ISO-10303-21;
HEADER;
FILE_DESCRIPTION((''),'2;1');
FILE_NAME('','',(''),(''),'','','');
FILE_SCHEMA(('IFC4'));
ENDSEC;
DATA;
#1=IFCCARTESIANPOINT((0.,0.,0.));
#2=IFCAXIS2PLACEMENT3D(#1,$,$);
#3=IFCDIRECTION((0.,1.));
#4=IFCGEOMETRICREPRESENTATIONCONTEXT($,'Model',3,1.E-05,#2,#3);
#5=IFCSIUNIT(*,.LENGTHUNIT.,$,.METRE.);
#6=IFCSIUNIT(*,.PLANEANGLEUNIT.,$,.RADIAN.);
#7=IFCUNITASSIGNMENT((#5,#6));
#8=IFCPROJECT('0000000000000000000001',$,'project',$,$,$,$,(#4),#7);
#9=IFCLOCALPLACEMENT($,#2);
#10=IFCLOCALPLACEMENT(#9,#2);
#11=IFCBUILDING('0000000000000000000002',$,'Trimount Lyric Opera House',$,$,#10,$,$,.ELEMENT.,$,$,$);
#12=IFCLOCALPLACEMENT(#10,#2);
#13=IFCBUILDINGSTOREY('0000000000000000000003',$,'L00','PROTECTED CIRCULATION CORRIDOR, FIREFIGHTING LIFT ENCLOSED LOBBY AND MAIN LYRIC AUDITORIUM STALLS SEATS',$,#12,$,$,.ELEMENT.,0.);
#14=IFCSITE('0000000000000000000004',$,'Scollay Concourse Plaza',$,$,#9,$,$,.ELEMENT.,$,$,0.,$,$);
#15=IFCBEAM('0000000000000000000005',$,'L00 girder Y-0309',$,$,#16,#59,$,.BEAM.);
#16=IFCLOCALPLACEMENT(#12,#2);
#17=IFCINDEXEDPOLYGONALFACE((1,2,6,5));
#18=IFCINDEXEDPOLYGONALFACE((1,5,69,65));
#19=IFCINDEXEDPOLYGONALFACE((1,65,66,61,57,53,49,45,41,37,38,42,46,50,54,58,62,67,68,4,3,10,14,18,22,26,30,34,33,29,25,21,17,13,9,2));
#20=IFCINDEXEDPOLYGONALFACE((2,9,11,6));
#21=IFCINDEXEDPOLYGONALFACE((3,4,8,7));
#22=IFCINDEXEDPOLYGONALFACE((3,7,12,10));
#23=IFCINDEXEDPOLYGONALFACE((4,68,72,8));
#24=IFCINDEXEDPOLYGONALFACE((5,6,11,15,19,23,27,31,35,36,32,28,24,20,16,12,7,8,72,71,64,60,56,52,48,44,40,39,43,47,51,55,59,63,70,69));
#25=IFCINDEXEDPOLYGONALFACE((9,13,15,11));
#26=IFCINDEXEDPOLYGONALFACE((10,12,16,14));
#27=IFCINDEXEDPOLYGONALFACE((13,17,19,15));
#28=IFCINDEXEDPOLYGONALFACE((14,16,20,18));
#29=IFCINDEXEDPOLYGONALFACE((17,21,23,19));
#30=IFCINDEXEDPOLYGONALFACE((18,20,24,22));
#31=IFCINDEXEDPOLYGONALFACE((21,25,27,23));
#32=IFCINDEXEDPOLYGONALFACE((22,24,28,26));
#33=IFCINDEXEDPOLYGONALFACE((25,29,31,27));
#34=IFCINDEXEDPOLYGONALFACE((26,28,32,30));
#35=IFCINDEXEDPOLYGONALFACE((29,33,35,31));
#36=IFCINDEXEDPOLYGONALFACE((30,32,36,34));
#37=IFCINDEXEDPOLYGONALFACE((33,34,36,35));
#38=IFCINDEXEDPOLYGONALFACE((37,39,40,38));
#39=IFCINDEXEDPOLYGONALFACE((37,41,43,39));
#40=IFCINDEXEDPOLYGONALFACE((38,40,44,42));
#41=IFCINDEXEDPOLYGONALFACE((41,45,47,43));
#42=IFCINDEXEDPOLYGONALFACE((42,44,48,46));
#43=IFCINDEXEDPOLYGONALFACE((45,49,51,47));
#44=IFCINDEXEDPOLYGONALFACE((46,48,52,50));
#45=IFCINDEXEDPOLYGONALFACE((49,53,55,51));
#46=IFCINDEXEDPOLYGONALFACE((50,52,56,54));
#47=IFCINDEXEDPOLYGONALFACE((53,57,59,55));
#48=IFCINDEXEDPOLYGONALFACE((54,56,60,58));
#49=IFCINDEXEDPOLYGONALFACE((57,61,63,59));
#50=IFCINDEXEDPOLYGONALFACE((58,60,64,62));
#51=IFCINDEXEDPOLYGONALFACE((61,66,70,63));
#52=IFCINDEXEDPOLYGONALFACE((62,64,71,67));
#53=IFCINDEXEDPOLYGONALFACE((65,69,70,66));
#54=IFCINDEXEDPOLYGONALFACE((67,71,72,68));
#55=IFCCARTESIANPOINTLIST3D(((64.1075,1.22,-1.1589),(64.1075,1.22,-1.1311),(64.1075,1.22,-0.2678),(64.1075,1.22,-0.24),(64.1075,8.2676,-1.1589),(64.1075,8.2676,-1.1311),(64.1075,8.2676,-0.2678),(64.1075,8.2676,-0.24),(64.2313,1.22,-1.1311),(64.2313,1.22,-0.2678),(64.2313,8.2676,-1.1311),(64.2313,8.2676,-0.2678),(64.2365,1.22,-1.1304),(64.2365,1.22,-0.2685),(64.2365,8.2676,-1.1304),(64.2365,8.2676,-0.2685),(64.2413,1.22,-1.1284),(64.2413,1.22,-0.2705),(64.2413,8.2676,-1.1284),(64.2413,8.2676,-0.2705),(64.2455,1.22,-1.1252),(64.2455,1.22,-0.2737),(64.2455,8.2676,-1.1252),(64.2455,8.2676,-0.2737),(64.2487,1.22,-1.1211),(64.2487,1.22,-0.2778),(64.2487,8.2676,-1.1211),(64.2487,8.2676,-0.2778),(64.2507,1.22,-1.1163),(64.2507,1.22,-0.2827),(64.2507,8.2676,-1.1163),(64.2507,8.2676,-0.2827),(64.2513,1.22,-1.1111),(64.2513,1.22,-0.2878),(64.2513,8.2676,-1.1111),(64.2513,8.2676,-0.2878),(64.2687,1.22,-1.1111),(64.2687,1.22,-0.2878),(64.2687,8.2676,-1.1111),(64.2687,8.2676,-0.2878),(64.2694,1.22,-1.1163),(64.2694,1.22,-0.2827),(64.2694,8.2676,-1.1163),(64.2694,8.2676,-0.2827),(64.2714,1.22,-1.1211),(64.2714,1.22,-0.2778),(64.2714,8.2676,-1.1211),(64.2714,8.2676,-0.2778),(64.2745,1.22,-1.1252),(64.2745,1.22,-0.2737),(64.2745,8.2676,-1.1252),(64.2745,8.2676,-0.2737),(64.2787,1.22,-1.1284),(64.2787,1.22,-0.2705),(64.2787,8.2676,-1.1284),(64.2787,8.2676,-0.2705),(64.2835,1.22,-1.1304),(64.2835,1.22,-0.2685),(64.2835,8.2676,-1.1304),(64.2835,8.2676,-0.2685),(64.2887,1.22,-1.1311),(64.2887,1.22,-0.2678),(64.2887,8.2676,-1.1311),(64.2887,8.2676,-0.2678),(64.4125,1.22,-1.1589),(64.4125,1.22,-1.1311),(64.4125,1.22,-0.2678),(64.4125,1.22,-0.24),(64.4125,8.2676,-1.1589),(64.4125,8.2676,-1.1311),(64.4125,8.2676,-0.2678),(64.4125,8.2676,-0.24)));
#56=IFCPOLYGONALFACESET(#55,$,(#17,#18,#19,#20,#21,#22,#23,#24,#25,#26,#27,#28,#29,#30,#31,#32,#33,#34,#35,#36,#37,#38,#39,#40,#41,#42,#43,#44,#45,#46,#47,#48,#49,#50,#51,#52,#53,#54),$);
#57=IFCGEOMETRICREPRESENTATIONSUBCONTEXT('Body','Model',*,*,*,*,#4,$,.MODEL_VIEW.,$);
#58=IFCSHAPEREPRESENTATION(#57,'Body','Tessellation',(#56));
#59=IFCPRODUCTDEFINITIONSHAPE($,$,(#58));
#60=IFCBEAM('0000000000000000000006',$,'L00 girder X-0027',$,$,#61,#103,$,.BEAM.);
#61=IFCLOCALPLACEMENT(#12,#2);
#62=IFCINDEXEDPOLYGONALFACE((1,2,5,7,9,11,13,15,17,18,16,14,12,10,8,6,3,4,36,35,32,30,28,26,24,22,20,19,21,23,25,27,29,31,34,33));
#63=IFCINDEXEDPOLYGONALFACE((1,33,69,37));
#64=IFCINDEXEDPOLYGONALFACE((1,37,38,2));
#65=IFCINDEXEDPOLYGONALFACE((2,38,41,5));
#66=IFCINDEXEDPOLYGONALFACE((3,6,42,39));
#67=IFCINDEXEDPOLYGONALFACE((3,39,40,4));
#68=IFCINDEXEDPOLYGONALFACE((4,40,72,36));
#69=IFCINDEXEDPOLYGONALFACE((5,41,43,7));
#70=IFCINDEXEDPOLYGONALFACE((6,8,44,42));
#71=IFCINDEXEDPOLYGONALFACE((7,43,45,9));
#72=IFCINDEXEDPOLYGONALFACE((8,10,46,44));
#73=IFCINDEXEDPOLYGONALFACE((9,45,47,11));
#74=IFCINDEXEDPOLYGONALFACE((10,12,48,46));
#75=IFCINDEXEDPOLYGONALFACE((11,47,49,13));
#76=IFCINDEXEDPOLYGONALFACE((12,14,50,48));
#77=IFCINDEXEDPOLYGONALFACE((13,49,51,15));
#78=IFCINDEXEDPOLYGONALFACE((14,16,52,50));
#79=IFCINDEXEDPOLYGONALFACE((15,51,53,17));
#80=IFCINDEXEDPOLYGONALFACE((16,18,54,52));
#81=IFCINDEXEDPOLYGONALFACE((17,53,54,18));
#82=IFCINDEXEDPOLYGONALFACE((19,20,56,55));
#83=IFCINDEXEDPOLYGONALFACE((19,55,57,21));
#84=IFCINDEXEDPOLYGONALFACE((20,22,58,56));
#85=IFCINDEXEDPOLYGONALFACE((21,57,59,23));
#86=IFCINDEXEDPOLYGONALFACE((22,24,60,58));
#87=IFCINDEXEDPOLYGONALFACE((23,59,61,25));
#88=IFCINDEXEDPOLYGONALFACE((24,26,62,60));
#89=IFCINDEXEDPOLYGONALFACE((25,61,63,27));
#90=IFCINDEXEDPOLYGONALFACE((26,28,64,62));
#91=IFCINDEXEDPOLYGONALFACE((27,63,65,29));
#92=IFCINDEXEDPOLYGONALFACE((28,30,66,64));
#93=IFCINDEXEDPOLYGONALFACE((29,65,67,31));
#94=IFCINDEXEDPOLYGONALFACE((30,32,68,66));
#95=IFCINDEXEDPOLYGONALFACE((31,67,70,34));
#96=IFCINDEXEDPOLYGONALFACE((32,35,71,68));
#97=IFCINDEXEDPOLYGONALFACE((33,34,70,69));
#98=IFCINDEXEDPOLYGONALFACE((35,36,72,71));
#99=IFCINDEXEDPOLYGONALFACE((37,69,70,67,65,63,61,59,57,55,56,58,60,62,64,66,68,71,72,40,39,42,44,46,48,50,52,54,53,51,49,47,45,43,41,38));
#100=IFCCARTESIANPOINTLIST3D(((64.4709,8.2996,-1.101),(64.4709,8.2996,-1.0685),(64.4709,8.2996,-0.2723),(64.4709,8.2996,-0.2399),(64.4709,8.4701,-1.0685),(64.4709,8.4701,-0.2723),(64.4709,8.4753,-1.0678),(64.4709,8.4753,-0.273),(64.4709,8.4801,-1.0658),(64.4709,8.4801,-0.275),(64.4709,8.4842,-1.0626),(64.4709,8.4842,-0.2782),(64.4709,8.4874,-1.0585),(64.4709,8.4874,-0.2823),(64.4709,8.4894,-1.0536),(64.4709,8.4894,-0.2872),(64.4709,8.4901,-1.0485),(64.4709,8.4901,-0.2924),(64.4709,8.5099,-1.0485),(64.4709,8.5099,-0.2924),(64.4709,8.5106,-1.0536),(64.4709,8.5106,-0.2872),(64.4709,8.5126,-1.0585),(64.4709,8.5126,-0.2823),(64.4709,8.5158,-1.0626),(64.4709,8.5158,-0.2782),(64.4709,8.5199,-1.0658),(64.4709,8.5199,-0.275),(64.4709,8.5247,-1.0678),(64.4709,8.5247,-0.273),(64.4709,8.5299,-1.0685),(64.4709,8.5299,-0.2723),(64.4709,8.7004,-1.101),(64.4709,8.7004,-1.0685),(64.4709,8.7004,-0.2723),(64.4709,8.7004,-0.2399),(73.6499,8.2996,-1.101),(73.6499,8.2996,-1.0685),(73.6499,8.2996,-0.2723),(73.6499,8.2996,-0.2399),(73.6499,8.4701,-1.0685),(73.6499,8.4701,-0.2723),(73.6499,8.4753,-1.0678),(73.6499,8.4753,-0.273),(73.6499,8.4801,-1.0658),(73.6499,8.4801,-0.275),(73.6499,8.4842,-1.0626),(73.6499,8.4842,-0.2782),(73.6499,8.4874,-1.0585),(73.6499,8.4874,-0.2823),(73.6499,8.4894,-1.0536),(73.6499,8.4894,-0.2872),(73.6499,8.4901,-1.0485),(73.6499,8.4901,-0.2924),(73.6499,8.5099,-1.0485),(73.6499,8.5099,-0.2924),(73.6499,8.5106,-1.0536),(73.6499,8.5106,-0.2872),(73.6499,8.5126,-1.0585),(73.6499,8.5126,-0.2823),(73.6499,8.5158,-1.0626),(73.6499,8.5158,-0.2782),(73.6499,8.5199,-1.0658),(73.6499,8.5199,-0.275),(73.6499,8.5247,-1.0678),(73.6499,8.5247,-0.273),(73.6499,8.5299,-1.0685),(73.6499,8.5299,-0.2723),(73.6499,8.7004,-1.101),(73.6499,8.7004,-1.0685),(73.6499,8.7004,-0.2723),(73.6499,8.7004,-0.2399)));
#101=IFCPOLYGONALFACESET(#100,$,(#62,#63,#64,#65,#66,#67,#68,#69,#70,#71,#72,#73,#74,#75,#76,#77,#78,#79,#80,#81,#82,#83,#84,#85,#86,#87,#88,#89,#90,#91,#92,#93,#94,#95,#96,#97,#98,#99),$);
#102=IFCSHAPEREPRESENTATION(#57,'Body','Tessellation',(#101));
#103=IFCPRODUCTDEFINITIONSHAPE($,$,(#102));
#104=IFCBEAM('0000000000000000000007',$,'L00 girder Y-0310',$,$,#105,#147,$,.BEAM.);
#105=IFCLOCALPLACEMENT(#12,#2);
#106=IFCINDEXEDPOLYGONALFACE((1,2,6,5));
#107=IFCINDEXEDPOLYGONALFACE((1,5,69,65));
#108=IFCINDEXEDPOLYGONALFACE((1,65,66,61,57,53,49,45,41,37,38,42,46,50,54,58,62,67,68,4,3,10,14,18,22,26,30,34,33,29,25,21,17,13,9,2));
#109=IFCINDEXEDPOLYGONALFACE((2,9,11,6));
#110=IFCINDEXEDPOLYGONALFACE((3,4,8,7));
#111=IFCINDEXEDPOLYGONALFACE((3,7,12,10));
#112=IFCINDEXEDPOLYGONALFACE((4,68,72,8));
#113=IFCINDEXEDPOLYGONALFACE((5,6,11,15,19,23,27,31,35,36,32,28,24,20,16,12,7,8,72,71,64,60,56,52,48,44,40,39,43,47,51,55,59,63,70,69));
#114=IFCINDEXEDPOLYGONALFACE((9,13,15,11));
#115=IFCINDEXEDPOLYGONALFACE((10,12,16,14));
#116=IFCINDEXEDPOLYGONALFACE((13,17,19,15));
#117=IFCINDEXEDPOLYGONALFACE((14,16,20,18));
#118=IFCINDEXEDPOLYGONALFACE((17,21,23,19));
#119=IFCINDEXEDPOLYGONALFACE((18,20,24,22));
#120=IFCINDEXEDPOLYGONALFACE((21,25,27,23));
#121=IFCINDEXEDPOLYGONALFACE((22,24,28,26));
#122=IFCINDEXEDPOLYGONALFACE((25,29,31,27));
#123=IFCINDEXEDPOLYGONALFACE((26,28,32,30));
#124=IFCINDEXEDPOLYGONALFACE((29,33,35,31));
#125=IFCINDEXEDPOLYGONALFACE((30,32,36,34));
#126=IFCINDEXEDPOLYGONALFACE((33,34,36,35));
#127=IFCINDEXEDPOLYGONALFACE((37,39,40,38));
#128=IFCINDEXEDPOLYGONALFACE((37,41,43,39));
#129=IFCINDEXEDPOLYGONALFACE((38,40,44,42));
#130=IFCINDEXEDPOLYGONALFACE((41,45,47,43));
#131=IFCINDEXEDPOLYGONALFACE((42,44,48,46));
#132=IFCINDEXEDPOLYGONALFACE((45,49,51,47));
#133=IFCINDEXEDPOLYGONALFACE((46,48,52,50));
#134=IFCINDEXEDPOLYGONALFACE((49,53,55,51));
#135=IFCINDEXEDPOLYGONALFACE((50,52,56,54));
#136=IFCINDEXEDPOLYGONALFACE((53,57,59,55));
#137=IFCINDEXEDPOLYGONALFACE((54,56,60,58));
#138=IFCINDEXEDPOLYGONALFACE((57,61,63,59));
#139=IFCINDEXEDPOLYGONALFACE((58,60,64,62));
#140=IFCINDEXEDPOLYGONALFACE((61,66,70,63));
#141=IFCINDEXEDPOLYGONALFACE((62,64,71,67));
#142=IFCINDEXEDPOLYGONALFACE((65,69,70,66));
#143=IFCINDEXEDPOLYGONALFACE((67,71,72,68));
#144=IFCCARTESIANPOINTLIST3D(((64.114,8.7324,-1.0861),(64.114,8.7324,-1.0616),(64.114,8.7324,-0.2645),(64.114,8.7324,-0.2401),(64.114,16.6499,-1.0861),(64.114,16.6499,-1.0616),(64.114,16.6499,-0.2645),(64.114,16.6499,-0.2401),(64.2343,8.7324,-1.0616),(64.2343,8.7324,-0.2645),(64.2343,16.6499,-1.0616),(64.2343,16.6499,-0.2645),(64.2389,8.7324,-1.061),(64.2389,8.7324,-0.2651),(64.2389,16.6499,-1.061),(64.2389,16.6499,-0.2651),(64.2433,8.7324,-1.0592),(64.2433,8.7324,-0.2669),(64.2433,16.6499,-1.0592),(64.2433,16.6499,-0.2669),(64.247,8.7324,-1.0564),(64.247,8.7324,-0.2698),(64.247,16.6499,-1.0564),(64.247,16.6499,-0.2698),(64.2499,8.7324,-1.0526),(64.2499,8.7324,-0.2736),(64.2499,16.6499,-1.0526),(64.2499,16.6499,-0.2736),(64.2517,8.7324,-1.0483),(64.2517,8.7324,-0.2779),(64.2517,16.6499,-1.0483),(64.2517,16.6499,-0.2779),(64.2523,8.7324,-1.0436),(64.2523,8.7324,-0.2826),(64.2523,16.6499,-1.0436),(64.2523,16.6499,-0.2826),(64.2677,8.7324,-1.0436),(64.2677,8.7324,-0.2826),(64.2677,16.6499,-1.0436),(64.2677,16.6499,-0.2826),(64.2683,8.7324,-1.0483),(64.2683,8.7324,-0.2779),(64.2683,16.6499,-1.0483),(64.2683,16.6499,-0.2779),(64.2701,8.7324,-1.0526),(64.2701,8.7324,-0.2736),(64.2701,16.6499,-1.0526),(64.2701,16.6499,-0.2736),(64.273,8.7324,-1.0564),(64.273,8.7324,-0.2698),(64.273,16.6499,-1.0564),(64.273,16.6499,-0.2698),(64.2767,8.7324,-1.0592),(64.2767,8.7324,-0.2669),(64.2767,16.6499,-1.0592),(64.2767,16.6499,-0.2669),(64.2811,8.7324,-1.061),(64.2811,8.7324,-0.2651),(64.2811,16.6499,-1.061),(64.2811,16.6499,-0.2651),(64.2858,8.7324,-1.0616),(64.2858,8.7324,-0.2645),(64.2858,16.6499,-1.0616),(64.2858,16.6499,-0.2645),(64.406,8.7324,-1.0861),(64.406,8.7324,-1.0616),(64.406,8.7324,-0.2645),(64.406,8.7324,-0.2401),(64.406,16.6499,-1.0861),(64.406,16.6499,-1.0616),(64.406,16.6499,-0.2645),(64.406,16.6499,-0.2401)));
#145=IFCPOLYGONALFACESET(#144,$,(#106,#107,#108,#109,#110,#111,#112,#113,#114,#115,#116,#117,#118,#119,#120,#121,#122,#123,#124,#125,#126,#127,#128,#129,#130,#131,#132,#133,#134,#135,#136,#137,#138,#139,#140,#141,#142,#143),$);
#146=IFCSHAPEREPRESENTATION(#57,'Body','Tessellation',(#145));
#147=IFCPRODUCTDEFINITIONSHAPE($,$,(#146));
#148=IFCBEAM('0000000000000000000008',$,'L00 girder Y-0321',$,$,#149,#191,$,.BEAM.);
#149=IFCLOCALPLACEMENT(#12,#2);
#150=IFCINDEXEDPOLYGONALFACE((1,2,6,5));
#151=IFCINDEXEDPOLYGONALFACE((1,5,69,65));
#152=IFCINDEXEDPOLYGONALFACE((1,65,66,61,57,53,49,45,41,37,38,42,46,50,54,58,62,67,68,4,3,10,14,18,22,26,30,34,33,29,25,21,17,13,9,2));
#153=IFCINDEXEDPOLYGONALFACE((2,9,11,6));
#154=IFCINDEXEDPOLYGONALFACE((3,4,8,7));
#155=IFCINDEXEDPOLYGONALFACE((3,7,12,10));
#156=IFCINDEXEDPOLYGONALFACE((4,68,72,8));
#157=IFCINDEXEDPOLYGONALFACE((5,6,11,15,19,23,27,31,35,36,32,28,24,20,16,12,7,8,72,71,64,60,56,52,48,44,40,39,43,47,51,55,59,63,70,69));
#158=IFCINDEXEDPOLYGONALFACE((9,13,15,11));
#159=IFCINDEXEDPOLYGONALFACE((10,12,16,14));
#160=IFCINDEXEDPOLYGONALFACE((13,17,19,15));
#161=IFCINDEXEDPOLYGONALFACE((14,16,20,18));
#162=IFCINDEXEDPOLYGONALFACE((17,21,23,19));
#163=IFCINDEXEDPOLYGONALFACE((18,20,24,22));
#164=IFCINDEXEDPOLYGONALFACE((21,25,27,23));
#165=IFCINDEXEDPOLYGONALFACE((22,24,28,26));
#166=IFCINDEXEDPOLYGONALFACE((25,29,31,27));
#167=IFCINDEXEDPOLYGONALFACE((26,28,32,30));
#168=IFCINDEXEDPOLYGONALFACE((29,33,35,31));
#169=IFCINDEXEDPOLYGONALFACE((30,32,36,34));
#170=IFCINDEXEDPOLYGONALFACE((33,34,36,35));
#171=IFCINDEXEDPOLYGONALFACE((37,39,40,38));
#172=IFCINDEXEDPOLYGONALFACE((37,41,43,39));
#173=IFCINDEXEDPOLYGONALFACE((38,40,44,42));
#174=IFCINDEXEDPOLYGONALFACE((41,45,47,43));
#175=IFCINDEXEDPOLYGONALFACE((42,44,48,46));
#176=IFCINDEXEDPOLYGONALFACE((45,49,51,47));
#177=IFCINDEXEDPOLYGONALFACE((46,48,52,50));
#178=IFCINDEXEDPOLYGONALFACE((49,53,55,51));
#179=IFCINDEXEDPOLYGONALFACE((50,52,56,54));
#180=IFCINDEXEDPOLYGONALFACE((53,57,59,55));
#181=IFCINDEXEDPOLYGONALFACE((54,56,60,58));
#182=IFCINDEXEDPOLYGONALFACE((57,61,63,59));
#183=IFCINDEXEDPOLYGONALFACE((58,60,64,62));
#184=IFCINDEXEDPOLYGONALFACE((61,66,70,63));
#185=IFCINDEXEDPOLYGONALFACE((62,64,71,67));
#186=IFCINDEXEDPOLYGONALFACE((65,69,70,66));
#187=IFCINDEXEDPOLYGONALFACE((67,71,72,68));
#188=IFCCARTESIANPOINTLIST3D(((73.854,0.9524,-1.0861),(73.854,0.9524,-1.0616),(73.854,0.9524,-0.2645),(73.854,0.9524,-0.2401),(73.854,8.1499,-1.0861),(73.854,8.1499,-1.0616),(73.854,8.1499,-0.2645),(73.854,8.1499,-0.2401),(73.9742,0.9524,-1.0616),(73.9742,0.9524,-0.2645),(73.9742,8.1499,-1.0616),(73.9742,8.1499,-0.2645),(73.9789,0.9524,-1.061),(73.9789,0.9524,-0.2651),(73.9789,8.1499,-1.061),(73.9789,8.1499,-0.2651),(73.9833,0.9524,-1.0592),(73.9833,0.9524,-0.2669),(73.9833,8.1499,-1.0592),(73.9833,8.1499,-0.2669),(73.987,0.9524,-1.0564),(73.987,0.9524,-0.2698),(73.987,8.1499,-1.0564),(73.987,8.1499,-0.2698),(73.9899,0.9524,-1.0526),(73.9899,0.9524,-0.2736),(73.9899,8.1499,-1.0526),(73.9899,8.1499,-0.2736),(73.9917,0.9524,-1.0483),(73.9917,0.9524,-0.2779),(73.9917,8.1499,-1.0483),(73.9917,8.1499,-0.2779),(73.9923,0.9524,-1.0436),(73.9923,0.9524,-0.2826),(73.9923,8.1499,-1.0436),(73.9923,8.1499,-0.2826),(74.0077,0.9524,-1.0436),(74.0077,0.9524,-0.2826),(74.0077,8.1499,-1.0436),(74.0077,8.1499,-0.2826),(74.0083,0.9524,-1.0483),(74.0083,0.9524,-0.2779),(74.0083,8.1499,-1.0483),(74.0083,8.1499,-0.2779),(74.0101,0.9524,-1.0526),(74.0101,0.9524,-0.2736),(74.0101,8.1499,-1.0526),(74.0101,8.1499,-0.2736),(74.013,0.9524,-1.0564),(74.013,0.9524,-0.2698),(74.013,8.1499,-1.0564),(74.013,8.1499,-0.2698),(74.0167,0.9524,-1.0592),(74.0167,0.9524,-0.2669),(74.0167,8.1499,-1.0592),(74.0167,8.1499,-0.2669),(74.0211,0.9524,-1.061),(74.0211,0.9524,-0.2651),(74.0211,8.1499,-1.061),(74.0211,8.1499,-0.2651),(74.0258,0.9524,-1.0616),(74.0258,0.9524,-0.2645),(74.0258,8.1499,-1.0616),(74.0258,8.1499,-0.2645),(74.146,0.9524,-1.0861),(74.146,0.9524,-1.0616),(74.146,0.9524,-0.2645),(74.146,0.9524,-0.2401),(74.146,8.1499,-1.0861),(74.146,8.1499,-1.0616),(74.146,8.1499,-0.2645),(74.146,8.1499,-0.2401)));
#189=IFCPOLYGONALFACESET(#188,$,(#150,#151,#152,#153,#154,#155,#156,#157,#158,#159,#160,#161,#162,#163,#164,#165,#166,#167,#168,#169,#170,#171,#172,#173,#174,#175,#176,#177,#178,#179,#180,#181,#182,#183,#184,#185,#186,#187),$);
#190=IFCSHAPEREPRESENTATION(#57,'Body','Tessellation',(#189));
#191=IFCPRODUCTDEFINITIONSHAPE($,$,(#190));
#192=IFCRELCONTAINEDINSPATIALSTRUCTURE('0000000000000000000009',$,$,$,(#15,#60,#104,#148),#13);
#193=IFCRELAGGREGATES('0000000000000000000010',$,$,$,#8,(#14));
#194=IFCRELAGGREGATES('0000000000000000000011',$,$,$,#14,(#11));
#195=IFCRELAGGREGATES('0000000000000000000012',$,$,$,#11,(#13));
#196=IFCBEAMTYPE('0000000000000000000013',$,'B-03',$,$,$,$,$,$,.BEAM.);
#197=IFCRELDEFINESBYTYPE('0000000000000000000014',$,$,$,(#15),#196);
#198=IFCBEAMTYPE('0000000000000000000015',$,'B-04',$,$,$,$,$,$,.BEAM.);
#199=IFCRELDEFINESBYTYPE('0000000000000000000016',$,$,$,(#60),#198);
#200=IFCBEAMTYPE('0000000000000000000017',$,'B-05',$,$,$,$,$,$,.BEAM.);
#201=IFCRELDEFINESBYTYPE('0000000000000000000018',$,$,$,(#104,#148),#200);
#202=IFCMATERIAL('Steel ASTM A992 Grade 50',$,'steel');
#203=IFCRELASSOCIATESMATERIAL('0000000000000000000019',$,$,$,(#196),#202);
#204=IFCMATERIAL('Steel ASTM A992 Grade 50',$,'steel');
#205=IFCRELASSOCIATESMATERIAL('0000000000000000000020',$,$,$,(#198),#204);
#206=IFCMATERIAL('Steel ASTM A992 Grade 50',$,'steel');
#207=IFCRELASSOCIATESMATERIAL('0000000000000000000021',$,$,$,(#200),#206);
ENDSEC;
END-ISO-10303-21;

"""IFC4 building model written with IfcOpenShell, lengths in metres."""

from ifc_helpers import new_model, si_unit, direction, frame, origin, origin_2d, place, context, subcontext, project, spatial, i_section, extrude, material, material_profile, profile_set, type_object, element, save


model = new_model("IFC4")

# Units and contexts
model_context = context("Model", 3, precision=1e-05, world=origin(), true_north=direction((0.0, 1.0)))
body_context = subcontext(model_context, "Body", "Model", "MODEL_VIEW")
ifc_project = project(units=[si_unit("LENGTHUNIT", "METRE"), si_unit("PLANEANGLEUNIT", "RADIAN")], contexts=[model_context])

# Site, building, storey
site_placement = place(None, origin())
site = spatial("IfcSite", under=ifc_project, at=site_placement, Name="Scollay Concourse Plaza", CompositionType="ELEMENT", RefElevation=0.0)
building_placement = place(site_placement, origin())
building = spatial("IfcBuilding", under=site, at=building_placement, Name="Trimount Lyric Opera House", CompositionType="ELEMENT")
storey_placement = place(building_placement, origin())
storey = spatial("IfcBuildingStorey", under=building, at=storey_placement, Name="L00", Description="PROTECTED CIRCULATION CORRIDOR, FIREFIGHTING LIFT ENCLOSED LOBBY AND MAIN LYRIC AUDITORIUM STALLS SEATS", CompositionType="ELEMENT", Elevation=0.0)

# Beams
ifc_material_1 = material(Name="Steel ASTM A992 Grade 50", Category="steel")
ifc_material_profile_1 = material_profile(ifc_material_1, i_section(OverallWidth=0.3049, OverallDepth=0.9189, WebThickness=0.0173, FlangeThickness=0.0278, FilletRadius=0.02, at=origin_2d()), Name="W36X170")
ifc_profile_set_1 = profile_set([ifc_material_profile_1], Name="Steel ASTM A992 Grade 50")
beam_type_1 = type_object("IfcBeamType", Name="B-03", PredefinedType="BEAM", material=ifc_profile_set_1)
beam_1_placement = place(storey_placement, frame((64.26, 1.22, -0.6995), z_axis=(0.0, 1.0, 0.0), x_axis=(-1.0, 0.0, 0.0)))
element("IfcBeam", 1, at=beam_1_placement, inside=storey, type_object=beam_type_1, Name="L00 girder Y-0309", PredefinedType="BEAM", context=body_context, shape_type="SweptSolid", body=[
    extrude(i_section(OverallWidth=0.3049, OverallDepth=0.9189, WebThickness=0.0173, FlangeThickness=0.0278, FilletRadius=0.02, at=origin_2d()), origin(), (0.0, 0.0, 1.0), 7.0476),
])
ifc_material_2 = material(Name="Steel ASTM A992 Grade 50", Category="steel")
ifc_material_profile_2 = material_profile(ifc_material_2, i_section(OverallWidth=0.4009, OverallDepth=0.8611, WebThickness=0.0198, FlangeThickness=0.0325, FilletRadius=0.02, at=origin_2d()), Name="W33X221")
ifc_profile_set_2 = profile_set([ifc_material_profile_2], Name="Steel ASTM A992 Grade 50")
beam_type_2 = type_object("IfcBeamType", Name="B-04", PredefinedType="BEAM", material=ifc_profile_set_2)
beam_2_placement = place(storey_placement, frame((64.4709, 8.5, -0.6704), z_axis=(1.0, 0.0, 0.0), x_axis=(0.0, 1.0, 0.0)))
element("IfcBeam", 2, at=beam_2_placement, inside=storey, type_object=beam_type_2, Name="L00 girder X-0027", PredefinedType="BEAM", context=body_context, shape_type="SweptSolid", body=[
    extrude(i_section(OverallWidth=0.4009, OverallDepth=0.8611, WebThickness=0.0198, FlangeThickness=0.0325, FilletRadius=0.02, at=origin_2d()), origin(), (0.0, 0.0, 1.0), 9.179),
])
ifc_material_3 = material(Name="Steel ASTM A992 Grade 50", Category="steel")
ifc_material_profile_3 = material_profile(ifc_material_3, i_section(OverallWidth=0.292, OverallDepth=0.8459, WebThickness=0.0154, FlangeThickness=0.0244, FilletRadius=0.0181, at=origin_2d()), Name="W33X141")
ifc_profile_set_3 = profile_set([ifc_material_profile_3], Name="Steel ASTM A992 Grade 50")
beam_type_3 = type_object("IfcBeamType", Name="B-05", PredefinedType="BEAM", material=ifc_profile_set_3)
beam_3_placement = place(storey_placement, frame((64.26, 8.7324, -0.6631), z_axis=(0.0, 1.0, 0.0), x_axis=(-1.0, 0.0, 0.0)))
element("IfcBeam", 3, at=beam_3_placement, inside=storey, type_object=beam_type_3, Name="L00 girder Y-0310", PredefinedType="BEAM", context=body_context, shape_type="SweptSolid", body=[
    extrude(i_section(OverallWidth=0.292, OverallDepth=0.8459, WebThickness=0.0154, FlangeThickness=0.0244, FilletRadius=0.0181, at=origin_2d()), origin(), (0.0, 0.0, 1.0), 7.9175),
])
beam_4_placement = place(storey_placement, frame((74.0, 0.9524, -0.6631), z_axis=(0.0, 1.0, 0.0), x_axis=(-1.0, 0.0, 0.0)))
element("IfcBeam", 4, at=beam_4_placement, inside=storey, type_object=beam_type_3, Name="L00 girder Y-0321", PredefinedType="BEAM", context=body_context, shape_type="SweptSolid", body=[
    extrude(i_section(OverallWidth=0.292, OverallDepth=0.8459, WebThickness=0.0154, FlangeThickness=0.0244, FilletRadius=0.0181, at=origin_2d()), origin(), (0.0, 0.0, 1.0), 7.1975),
])

save(model, "model.ifc")
